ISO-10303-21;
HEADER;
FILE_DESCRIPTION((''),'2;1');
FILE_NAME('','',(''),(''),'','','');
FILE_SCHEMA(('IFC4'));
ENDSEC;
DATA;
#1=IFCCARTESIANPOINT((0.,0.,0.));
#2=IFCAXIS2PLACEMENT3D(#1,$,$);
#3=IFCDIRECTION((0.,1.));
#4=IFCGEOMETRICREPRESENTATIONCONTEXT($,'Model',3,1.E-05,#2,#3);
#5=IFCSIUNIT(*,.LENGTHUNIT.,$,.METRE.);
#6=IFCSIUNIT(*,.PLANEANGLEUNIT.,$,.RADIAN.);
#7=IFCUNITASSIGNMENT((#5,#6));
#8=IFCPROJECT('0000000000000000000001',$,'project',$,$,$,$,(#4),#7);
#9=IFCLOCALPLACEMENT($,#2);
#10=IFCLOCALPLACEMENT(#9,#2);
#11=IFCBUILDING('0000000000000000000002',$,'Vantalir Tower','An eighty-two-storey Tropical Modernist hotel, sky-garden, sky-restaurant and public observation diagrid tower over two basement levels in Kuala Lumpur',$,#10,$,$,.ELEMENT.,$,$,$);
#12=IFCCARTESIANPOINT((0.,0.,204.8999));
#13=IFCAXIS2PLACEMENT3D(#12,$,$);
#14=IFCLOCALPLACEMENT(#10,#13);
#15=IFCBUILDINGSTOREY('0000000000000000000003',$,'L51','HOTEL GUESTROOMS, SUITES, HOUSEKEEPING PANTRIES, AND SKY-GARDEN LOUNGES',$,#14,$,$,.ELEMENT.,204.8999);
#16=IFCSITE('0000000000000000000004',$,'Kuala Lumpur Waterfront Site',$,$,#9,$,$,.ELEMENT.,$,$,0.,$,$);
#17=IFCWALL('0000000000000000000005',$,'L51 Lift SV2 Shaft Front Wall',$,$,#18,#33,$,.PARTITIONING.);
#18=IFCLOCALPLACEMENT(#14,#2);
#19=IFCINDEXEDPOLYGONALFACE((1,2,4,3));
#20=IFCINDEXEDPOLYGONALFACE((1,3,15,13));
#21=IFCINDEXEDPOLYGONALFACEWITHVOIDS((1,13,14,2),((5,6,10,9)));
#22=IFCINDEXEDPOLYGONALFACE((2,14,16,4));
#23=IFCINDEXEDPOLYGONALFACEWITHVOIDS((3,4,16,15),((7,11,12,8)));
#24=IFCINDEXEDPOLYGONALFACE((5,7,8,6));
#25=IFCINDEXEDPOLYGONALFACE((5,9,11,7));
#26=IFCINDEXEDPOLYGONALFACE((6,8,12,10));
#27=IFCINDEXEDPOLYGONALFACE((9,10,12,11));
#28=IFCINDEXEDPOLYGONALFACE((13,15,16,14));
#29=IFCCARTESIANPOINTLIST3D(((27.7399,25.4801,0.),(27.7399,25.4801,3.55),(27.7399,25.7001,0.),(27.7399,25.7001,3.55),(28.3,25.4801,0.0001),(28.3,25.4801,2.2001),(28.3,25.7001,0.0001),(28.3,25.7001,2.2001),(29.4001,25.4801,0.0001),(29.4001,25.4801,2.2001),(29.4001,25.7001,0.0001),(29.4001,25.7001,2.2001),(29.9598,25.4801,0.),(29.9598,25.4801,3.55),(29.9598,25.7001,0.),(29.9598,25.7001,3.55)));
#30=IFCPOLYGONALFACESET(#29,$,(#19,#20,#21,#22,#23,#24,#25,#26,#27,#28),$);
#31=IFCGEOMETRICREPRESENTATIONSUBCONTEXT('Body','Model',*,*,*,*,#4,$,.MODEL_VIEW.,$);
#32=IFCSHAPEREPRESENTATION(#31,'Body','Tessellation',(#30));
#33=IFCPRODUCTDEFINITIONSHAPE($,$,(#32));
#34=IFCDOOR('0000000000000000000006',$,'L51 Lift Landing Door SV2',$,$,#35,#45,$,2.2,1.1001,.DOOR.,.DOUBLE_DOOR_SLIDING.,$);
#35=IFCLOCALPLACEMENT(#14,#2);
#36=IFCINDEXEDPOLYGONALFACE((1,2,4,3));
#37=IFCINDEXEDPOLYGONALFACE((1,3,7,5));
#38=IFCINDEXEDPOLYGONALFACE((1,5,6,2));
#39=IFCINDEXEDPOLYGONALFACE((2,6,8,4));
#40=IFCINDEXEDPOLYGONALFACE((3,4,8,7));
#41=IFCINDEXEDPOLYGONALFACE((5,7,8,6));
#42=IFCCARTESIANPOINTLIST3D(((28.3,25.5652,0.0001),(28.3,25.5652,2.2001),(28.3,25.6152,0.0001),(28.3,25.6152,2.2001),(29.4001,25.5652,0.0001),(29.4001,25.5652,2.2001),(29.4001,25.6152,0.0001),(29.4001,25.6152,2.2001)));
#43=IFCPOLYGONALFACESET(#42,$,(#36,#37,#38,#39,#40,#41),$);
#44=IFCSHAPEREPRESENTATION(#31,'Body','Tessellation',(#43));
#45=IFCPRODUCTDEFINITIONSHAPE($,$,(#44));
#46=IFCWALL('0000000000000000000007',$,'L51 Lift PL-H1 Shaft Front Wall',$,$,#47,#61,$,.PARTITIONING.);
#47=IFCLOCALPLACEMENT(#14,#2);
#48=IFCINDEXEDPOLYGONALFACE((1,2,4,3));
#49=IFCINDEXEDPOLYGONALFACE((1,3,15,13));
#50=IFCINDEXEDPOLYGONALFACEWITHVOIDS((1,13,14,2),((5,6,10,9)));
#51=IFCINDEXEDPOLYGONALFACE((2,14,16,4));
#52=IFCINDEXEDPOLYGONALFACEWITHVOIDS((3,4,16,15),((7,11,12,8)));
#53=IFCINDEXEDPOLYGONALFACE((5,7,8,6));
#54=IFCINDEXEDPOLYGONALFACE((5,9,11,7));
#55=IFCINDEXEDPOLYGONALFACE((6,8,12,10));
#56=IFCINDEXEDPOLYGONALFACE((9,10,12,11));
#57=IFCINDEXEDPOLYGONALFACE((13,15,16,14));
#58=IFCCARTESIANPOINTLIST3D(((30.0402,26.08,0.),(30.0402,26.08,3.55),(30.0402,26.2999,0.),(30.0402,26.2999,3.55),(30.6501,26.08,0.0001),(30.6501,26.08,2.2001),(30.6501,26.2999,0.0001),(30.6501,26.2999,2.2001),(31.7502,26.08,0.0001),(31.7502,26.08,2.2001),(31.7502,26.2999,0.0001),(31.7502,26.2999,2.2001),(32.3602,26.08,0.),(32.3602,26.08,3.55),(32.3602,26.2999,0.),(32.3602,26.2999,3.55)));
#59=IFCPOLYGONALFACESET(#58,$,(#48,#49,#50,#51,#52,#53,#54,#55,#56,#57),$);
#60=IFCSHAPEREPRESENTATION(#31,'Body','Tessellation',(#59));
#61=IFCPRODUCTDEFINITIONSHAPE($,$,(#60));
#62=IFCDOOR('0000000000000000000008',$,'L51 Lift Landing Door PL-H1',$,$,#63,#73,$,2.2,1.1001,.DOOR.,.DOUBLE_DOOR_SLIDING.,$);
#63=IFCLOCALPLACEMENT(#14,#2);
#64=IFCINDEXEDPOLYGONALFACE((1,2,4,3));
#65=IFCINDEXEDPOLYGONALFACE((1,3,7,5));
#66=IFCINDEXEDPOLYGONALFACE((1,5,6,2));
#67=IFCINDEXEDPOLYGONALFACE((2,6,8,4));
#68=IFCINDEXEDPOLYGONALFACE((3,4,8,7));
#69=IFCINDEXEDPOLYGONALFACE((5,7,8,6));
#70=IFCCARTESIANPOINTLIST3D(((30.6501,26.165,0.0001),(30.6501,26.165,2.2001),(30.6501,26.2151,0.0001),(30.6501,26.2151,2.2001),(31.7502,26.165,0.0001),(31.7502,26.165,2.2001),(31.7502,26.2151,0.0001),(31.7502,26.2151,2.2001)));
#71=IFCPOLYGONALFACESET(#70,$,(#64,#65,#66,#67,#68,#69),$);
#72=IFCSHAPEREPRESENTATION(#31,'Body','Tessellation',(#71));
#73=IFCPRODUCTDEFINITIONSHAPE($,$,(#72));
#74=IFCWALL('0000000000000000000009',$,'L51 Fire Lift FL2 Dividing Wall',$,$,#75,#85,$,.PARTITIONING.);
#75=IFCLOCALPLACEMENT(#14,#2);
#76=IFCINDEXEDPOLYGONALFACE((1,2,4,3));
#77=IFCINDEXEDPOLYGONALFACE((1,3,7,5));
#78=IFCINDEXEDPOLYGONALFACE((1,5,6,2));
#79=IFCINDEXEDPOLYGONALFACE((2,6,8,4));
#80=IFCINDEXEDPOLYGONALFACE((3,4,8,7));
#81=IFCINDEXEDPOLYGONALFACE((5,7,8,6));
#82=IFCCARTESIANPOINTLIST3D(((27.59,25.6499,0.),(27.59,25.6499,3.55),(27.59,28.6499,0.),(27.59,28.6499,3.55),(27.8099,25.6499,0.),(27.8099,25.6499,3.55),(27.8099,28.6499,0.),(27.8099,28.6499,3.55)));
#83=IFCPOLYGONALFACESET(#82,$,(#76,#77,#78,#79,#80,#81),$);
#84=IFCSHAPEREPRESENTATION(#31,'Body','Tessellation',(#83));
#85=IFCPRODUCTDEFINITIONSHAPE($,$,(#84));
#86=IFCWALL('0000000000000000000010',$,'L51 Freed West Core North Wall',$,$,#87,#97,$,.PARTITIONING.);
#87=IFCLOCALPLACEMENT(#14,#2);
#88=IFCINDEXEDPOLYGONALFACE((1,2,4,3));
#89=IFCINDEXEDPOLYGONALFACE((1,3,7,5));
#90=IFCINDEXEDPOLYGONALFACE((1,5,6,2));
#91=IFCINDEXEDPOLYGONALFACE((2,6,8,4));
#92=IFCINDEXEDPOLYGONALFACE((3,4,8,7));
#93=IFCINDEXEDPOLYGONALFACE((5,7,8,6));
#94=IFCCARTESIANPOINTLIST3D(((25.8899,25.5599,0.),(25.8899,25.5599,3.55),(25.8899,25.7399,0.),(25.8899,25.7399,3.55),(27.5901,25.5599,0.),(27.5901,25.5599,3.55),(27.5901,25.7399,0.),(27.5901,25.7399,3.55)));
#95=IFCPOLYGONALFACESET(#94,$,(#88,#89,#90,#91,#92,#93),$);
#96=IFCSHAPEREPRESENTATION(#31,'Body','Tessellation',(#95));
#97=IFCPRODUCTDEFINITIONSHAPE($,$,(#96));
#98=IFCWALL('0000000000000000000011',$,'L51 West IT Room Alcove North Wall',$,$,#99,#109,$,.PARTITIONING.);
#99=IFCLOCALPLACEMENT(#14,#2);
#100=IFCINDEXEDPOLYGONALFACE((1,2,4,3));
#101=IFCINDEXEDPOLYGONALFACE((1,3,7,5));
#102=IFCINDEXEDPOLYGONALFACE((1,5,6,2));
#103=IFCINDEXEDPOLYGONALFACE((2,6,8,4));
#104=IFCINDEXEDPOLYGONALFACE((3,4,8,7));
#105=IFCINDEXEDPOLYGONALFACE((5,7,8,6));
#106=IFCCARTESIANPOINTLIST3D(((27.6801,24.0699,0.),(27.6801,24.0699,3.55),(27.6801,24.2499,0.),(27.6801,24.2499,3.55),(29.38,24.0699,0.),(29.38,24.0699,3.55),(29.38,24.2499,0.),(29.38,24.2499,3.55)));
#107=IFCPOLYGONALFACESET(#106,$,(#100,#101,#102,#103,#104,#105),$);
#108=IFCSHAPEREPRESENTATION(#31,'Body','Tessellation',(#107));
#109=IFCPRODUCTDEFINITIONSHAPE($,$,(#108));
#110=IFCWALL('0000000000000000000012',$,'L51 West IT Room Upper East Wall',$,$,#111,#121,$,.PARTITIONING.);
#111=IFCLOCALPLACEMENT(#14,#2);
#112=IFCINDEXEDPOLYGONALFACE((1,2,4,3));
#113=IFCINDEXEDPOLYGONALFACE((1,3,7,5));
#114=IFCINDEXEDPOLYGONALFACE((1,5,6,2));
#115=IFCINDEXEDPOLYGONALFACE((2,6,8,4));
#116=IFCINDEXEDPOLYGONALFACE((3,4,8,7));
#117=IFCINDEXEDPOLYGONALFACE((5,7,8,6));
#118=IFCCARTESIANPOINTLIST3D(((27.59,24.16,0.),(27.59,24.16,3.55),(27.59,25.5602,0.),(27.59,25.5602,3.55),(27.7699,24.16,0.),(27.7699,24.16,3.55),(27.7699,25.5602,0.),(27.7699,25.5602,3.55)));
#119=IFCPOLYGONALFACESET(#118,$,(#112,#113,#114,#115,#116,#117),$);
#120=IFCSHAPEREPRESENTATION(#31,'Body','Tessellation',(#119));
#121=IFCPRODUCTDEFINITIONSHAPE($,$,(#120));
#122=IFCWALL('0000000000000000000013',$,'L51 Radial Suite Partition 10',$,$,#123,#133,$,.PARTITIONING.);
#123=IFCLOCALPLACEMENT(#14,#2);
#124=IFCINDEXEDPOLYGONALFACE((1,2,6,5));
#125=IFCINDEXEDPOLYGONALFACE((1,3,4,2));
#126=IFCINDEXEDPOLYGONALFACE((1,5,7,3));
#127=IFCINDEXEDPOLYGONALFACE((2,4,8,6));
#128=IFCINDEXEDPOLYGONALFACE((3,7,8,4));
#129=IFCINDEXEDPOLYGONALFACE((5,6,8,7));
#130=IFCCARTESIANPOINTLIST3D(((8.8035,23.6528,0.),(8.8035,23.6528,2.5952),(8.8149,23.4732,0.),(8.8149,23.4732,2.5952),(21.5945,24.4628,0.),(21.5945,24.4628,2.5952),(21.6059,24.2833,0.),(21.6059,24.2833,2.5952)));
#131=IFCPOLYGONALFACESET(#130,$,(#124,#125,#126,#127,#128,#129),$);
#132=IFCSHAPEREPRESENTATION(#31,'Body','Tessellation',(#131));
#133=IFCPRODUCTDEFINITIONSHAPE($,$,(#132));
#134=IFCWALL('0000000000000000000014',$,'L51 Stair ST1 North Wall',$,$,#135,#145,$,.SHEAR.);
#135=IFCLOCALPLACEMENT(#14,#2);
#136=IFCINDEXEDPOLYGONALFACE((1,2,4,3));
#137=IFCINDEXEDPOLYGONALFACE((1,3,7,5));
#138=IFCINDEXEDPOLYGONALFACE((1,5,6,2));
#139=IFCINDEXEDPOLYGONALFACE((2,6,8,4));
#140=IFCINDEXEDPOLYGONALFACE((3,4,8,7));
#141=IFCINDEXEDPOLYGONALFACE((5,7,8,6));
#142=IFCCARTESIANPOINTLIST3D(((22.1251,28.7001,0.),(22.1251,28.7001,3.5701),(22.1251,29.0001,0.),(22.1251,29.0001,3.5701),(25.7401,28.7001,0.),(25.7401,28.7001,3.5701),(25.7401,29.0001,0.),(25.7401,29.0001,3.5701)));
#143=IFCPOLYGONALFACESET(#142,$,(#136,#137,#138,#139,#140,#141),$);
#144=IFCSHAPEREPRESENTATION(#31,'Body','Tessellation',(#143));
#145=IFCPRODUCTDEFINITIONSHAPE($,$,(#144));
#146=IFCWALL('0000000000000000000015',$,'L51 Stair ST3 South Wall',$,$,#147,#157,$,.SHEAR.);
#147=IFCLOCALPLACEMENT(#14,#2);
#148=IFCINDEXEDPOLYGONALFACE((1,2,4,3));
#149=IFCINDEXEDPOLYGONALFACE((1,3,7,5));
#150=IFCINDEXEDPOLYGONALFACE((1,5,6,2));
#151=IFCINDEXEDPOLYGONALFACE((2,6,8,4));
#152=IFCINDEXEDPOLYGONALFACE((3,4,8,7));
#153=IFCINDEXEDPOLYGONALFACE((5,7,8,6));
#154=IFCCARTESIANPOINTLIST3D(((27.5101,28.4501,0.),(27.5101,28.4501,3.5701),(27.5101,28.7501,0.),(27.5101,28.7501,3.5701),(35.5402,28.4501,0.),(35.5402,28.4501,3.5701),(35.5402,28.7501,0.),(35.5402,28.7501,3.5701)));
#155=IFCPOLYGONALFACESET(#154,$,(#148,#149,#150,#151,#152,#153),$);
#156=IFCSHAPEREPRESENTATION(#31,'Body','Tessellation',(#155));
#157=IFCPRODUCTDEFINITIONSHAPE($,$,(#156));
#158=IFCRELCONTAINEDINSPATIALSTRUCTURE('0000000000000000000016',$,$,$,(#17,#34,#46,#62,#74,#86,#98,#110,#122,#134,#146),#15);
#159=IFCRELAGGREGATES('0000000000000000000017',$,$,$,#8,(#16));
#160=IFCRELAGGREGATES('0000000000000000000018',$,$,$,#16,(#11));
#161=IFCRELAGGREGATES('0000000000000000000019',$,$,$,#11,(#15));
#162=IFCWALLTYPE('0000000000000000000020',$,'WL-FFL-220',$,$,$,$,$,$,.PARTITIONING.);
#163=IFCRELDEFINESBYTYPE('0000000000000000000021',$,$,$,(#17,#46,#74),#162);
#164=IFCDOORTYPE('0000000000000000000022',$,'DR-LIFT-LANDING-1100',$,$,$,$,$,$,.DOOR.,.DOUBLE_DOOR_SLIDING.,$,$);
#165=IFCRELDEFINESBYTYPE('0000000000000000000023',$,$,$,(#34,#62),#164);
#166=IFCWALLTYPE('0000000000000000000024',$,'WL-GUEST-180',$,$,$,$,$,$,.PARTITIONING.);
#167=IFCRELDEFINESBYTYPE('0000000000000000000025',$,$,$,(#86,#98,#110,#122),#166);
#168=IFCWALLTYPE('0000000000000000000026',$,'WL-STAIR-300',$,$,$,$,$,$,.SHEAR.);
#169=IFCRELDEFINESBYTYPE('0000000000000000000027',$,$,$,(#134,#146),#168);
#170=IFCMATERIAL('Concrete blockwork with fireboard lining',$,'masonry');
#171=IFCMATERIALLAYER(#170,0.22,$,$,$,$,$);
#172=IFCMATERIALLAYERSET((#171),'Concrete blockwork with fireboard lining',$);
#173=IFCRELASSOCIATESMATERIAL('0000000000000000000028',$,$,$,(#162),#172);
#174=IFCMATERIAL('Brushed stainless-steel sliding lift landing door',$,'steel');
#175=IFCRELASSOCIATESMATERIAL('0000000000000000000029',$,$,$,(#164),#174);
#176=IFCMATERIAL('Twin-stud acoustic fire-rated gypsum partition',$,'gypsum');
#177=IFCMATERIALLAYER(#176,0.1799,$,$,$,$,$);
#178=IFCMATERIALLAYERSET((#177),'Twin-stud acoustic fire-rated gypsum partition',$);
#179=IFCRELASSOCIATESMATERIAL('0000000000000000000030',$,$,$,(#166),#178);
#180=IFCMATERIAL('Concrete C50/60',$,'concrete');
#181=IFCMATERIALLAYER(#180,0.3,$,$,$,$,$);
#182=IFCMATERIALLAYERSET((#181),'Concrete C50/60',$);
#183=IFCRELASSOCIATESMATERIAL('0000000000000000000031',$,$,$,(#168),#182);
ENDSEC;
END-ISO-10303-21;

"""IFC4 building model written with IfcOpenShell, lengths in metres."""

from ifc_helpers import new_model, si_unit, direction, frame, frame_2d, origin, place, context, subcontext, project, spatial, rectangle, extrude, material, layer, layer_set, type_object, element, fill, save


model = new_model("IFC4")

# Units and contexts
model_context = context("Model", 3, precision=1e-05, world=origin(), true_north=direction((0.0, 1.0)))
body_context = subcontext(model_context, "Body", "Model", "MODEL_VIEW")
ifc_project = project(units=[si_unit("LENGTHUNIT", "METRE"), si_unit("PLANEANGLEUNIT", "RADIAN")], contexts=[model_context])

# Site, building, storey
site_placement = place(None, origin())
site = spatial("IfcSite", under=ifc_project, at=site_placement, Name="Kuala Lumpur Waterfront Site", CompositionType="ELEMENT", RefElevation=0.0)
building_placement = place(site_placement, origin())
building = spatial("IfcBuilding", under=site, at=building_placement, Name="Vantalir Tower", Description="An eighty-two-storey Tropical Modernist hotel, sky-garden, sky-restaurant and public observation diagrid tower over two basement levels in Kuala Lumpur", CompositionType="ELEMENT")
storey_placement = place(building_placement, frame((0.0, 0.0, 204.8999)))
storey = spatial("IfcBuildingStorey", under=building, at=storey_placement, Name="L51", Description="HOTEL GUESTROOMS, SUITES, HOUSEKEEPING PANTRIES, AND SKY-GARDEN LOUNGES", CompositionType="ELEMENT", Elevation=204.8999)

# Shared definitions
ifc_material_1 = material(Name="Concrete C50/60", Category="concrete")

# Shared definitions
ifc_material_2 = material(Name="Concrete blockwork with fireboard lining", Category="masonry")
ifc_layer_1 = layer(ifc_material_2, 0.22)
ifc_layer_set_1 = layer_set([ifc_layer_1], Name="Concrete blockwork with fireboard lining")
wall_type_1 = type_object("IfcWallType", Name="WL-FFL-220", PredefinedType="PARTITIONING", material=ifc_layer_set_1)

# Walls, openings, doors
ifc_material_3 = material(Name="Brushed stainless-steel sliding lift landing door", Category="steel")
door_type_1 = type_object("IfcDoorType", Name="DR-LIFT-LANDING-1100", OperationType="DOUBLE_DOOR_SLIDING", PredefinedType="DOOR", material=ifc_material_3)
wall_1_placement = place(storey_placement, frame((27.74, 25.5901, 0.0), z_axis=(0.0, 0.0, 1.0), x_axis=(1.0, 0.0, 0.0)))
wall_1 = element("IfcWall", 1, at=wall_1_placement, inside=storey, type_object=wall_type_1, Name="L51 Lift SV2 Shaft Front Wall", PredefinedType="PARTITIONING", context=body_context, shape_type="SweptSolid", body=[
    extrude(rectangle(XDim=2.22, YDim=0.22, at=frame_2d((1.1099, 0.0))), origin(), (0.0, 0.0, 1.0), 3.55),
])
opening_1_placement = place(wall_1_placement, frame((0.5601, 0.0, 0.0)))
opening_1 = element("IfcOpeningElement", 2, at=opening_1_placement, cuts=wall_1, PredefinedType="OPENING", context=body_context, shape_type="SweptSolid", body=[
    extrude(rectangle(XDim=1.1001, YDim=2.2, at=frame_2d((0.55, 1.1001))), frame((0.0, 0.1199, 0.0), z_axis=(0.0, -1.0, 0.0), x_axis=(1.0, 0.0, 0.0)), (0.0, 0.0, 1.0), 0.24),
])
door_1_placement = place(opening_1_placement, frame((1.1001, 0.0, 0.0), z_axis=(0.0, 0.0, 1.0), x_axis=(-1.0, 0.0, 0.0)))
door_1 = element("IfcDoor", 3, at=door_1_placement, inside=storey, type_object=door_type_1, Name="L51 Lift Landing Door SV2", OperationType="DOUBLE_DOOR_SLIDING", OverallHeight=2.2, OverallWidth=1.1001, PredefinedType="DOOR", context=body_context, shape_type="SweptSolid", body=[
    extrude(rectangle(XDim=1.1001, YDim=2.2, at=frame_2d((0.55, 1.1001))), frame((0.0, 0.0249, 0.0), z_axis=(0.0, -1.0, 0.0), x_axis=(1.0, 0.0, 0.0)), (0.0, 0.0, 1.0), 0.05),
])
fill(opening_1, door_1)
wall_2_placement = place(storey_placement, frame((30.04, 26.1899, 0.0), z_axis=(0.0, 0.0, 1.0), x_axis=(1.0, 0.0, 0.0)))
wall_2 = element("IfcWall", 4, at=wall_2_placement, inside=storey, type_object=wall_type_1, Name="L51 Lift PL-H1 Shaft Front Wall", PredefinedType="PARTITIONING", context=body_context, shape_type="SweptSolid", body=[
    extrude(rectangle(XDim=2.3201, YDim=0.22, at=frame_2d((1.1602, 0.0))), origin(), (0.0, 0.0, 1.0), 3.55),
])
opening_2_placement = place(wall_2_placement, frame((0.6101, 0.0, 0.0)))
opening_2 = element("IfcOpeningElement", 5, at=opening_2_placement, cuts=wall_2, PredefinedType="OPENING", context=body_context, shape_type="SweptSolid", body=[
    extrude(rectangle(XDim=1.1001, YDim=2.2, at=frame_2d((0.55, 1.1001))), frame((0.0, 0.1199, 0.0), z_axis=(0.0, -1.0, 0.0), x_axis=(1.0, 0.0, 0.0)), (0.0, 0.0, 1.0), 0.24),
])
door_2_placement = place(opening_2_placement, frame((1.1001, 0.0, 0.0), z_axis=(0.0, 0.0, 1.0), x_axis=(-1.0, 0.0, 0.0)))
door_2 = element("IfcDoor", 6, at=door_2_placement, inside=storey, type_object=door_type_1, Name="L51 Lift Landing Door PL-H1", OperationType="DOUBLE_DOOR_SLIDING", OverallHeight=2.2, OverallWidth=1.1001, PredefinedType="DOOR", context=body_context, shape_type="SweptSolid", body=[
    extrude(rectangle(XDim=1.1001, YDim=2.2, at=frame_2d((0.55, 1.1001))), frame((0.0, 0.0249, 0.0), z_axis=(0.0, -1.0, 0.0), x_axis=(1.0, 0.0, 0.0)), (0.0, 0.0, 1.0), 0.05),
])
fill(opening_2, door_2)

# Walls
wall_3_placement = place(storey_placement, frame((27.7, 25.6499, 0.0), z_axis=(0.0, 0.0, 1.0), x_axis=(0.0, 1.0, 0.0)))
element("IfcWall", 7, at=wall_3_placement, inside=storey, type_object=wall_type_1, Name="L51 Fire Lift FL2 Dividing Wall", PredefinedType="PARTITIONING", context=body_context, shape_type="SweptSolid", body=[
    extrude(rectangle(XDim=3.0, YDim=0.22, at=frame_2d((1.5, 0.0))), origin(), (0.0, 0.0, 1.0), 3.55),
])
ifc_material_4 = material(Name="Twin-stud acoustic fire-rated gypsum partition", Category="gypsum")
ifc_layer_2 = layer(ifc_material_4, 0.1799)
ifc_layer_set_2 = layer_set([ifc_layer_2], Name="Twin-stud acoustic fire-rated gypsum partition")
wall_type_2 = type_object("IfcWallType", Name="WL-GUEST-180", PredefinedType="PARTITIONING", material=ifc_layer_set_2)
wall_4_placement = place(storey_placement, frame((25.8899, 25.6499, 0.0), z_axis=(0.0, 0.0, 1.0), x_axis=(1.0, 0.0, 0.0)))
element("IfcWall", 8, at=wall_4_placement, inside=storey, type_object=wall_type_2, Name="L51 Freed West Core North Wall", PredefinedType="PARTITIONING", context=body_context, shape_type="SweptSolid", body=[
    extrude(rectangle(XDim=1.7002, YDim=0.1799, at=frame_2d((0.8501, 0.0))), origin(), (0.0, 0.0, 1.0), 3.55),
])
wall_5_placement = place(storey_placement, frame((27.6799, 24.1599, 0.0), z_axis=(0.0, 0.0, 1.0), x_axis=(1.0, 0.0, 0.0)))
element("IfcWall", 9, at=wall_5_placement, inside=storey, type_object=wall_type_2, Name="L51 West IT Room Alcove North Wall", PredefinedType="PARTITIONING", context=body_context, shape_type="SweptSolid", body=[
    extrude(rectangle(XDim=1.7, YDim=0.1799, at=frame_2d((0.8501, 0.0))), origin(), (0.0, 0.0, 1.0), 3.55),
])
wall_6_placement = place(storey_placement, frame((27.6799, 24.1599, 0.0), z_axis=(0.0, 0.0, 1.0), x_axis=(0.0, 1.0, 0.0)))
element("IfcWall", 10, at=wall_6_placement, inside=storey, type_object=wall_type_2, Name="L51 West IT Room Upper East Wall", PredefinedType="PARTITIONING", context=body_context, shape_type="SweptSolid", body=[
    extrude(rectangle(XDim=1.4001, YDim=0.1799, at=frame_2d((0.7002, 0.0))), origin(), (0.0, 0.0, 1.0), 3.55),
])
wall_7_placement = place(storey_placement, frame((21.6001, 24.373, 0.0), z_axis=(0.0, 0.0, 1.0), x_axis=(-0.998001, -0.063204, 0.0)))
element("IfcWall", 11, at=wall_7_placement, inside=storey, type_object=wall_type_2, Name="L51 Radial Suite Partition 10", PredefinedType="PARTITIONING", context=body_context, shape_type="SweptSolid", body=[
    extrude(rectangle(XDim=12.8167, YDim=0.1799, at=frame_2d((6.4082, 0.0))), origin(), (0.0, 0.0, 1.0), 2.5952),
])
ifc_layer_3 = layer(ifc_material_1, 0.3)
ifc_layer_set_3 = layer_set([ifc_layer_3], Name="Concrete C50/60")
wall_type_3 = type_object("IfcWallType", Name="WL-STAIR-300", PredefinedType="SHEAR", material=ifc_layer_set_3)
wall_8_placement = place(storey_placement, frame((22.125, 28.8501, 0.0), z_axis=(0.0, 0.0, 1.0), x_axis=(1.0, 0.0, 0.0)))
element("IfcWall", 12, at=wall_8_placement, inside=storey, type_object=wall_type_3, Name="L51 Stair ST1 North Wall", PredefinedType="SHEAR", context=body_context, shape_type="SweptSolid", body=[
    extrude(rectangle(XDim=3.615, YDim=0.3, at=frame_2d((1.8076, 0.0))), origin(), (0.0, 0.0, 1.0), 3.5701),
])
wall_9_placement = place(storey_placement, frame((27.51, 28.6001, 0.0), z_axis=(0.0, 0.0, 1.0), x_axis=(1.0, 0.0, 0.0)))
element("IfcWall", 13, at=wall_9_placement, inside=storey, type_object=wall_type_3, Name="L51 Stair ST3 South Wall", PredefinedType="SHEAR", context=body_context, shape_type="SweptSolid", body=[
    extrude(rectangle(XDim=8.03, YDim=0.3, at=frame_2d((4.0151, 0.0))), origin(), (0.0, 0.0, 1.0), 3.5701),
])

save(model, "model.ifc")
